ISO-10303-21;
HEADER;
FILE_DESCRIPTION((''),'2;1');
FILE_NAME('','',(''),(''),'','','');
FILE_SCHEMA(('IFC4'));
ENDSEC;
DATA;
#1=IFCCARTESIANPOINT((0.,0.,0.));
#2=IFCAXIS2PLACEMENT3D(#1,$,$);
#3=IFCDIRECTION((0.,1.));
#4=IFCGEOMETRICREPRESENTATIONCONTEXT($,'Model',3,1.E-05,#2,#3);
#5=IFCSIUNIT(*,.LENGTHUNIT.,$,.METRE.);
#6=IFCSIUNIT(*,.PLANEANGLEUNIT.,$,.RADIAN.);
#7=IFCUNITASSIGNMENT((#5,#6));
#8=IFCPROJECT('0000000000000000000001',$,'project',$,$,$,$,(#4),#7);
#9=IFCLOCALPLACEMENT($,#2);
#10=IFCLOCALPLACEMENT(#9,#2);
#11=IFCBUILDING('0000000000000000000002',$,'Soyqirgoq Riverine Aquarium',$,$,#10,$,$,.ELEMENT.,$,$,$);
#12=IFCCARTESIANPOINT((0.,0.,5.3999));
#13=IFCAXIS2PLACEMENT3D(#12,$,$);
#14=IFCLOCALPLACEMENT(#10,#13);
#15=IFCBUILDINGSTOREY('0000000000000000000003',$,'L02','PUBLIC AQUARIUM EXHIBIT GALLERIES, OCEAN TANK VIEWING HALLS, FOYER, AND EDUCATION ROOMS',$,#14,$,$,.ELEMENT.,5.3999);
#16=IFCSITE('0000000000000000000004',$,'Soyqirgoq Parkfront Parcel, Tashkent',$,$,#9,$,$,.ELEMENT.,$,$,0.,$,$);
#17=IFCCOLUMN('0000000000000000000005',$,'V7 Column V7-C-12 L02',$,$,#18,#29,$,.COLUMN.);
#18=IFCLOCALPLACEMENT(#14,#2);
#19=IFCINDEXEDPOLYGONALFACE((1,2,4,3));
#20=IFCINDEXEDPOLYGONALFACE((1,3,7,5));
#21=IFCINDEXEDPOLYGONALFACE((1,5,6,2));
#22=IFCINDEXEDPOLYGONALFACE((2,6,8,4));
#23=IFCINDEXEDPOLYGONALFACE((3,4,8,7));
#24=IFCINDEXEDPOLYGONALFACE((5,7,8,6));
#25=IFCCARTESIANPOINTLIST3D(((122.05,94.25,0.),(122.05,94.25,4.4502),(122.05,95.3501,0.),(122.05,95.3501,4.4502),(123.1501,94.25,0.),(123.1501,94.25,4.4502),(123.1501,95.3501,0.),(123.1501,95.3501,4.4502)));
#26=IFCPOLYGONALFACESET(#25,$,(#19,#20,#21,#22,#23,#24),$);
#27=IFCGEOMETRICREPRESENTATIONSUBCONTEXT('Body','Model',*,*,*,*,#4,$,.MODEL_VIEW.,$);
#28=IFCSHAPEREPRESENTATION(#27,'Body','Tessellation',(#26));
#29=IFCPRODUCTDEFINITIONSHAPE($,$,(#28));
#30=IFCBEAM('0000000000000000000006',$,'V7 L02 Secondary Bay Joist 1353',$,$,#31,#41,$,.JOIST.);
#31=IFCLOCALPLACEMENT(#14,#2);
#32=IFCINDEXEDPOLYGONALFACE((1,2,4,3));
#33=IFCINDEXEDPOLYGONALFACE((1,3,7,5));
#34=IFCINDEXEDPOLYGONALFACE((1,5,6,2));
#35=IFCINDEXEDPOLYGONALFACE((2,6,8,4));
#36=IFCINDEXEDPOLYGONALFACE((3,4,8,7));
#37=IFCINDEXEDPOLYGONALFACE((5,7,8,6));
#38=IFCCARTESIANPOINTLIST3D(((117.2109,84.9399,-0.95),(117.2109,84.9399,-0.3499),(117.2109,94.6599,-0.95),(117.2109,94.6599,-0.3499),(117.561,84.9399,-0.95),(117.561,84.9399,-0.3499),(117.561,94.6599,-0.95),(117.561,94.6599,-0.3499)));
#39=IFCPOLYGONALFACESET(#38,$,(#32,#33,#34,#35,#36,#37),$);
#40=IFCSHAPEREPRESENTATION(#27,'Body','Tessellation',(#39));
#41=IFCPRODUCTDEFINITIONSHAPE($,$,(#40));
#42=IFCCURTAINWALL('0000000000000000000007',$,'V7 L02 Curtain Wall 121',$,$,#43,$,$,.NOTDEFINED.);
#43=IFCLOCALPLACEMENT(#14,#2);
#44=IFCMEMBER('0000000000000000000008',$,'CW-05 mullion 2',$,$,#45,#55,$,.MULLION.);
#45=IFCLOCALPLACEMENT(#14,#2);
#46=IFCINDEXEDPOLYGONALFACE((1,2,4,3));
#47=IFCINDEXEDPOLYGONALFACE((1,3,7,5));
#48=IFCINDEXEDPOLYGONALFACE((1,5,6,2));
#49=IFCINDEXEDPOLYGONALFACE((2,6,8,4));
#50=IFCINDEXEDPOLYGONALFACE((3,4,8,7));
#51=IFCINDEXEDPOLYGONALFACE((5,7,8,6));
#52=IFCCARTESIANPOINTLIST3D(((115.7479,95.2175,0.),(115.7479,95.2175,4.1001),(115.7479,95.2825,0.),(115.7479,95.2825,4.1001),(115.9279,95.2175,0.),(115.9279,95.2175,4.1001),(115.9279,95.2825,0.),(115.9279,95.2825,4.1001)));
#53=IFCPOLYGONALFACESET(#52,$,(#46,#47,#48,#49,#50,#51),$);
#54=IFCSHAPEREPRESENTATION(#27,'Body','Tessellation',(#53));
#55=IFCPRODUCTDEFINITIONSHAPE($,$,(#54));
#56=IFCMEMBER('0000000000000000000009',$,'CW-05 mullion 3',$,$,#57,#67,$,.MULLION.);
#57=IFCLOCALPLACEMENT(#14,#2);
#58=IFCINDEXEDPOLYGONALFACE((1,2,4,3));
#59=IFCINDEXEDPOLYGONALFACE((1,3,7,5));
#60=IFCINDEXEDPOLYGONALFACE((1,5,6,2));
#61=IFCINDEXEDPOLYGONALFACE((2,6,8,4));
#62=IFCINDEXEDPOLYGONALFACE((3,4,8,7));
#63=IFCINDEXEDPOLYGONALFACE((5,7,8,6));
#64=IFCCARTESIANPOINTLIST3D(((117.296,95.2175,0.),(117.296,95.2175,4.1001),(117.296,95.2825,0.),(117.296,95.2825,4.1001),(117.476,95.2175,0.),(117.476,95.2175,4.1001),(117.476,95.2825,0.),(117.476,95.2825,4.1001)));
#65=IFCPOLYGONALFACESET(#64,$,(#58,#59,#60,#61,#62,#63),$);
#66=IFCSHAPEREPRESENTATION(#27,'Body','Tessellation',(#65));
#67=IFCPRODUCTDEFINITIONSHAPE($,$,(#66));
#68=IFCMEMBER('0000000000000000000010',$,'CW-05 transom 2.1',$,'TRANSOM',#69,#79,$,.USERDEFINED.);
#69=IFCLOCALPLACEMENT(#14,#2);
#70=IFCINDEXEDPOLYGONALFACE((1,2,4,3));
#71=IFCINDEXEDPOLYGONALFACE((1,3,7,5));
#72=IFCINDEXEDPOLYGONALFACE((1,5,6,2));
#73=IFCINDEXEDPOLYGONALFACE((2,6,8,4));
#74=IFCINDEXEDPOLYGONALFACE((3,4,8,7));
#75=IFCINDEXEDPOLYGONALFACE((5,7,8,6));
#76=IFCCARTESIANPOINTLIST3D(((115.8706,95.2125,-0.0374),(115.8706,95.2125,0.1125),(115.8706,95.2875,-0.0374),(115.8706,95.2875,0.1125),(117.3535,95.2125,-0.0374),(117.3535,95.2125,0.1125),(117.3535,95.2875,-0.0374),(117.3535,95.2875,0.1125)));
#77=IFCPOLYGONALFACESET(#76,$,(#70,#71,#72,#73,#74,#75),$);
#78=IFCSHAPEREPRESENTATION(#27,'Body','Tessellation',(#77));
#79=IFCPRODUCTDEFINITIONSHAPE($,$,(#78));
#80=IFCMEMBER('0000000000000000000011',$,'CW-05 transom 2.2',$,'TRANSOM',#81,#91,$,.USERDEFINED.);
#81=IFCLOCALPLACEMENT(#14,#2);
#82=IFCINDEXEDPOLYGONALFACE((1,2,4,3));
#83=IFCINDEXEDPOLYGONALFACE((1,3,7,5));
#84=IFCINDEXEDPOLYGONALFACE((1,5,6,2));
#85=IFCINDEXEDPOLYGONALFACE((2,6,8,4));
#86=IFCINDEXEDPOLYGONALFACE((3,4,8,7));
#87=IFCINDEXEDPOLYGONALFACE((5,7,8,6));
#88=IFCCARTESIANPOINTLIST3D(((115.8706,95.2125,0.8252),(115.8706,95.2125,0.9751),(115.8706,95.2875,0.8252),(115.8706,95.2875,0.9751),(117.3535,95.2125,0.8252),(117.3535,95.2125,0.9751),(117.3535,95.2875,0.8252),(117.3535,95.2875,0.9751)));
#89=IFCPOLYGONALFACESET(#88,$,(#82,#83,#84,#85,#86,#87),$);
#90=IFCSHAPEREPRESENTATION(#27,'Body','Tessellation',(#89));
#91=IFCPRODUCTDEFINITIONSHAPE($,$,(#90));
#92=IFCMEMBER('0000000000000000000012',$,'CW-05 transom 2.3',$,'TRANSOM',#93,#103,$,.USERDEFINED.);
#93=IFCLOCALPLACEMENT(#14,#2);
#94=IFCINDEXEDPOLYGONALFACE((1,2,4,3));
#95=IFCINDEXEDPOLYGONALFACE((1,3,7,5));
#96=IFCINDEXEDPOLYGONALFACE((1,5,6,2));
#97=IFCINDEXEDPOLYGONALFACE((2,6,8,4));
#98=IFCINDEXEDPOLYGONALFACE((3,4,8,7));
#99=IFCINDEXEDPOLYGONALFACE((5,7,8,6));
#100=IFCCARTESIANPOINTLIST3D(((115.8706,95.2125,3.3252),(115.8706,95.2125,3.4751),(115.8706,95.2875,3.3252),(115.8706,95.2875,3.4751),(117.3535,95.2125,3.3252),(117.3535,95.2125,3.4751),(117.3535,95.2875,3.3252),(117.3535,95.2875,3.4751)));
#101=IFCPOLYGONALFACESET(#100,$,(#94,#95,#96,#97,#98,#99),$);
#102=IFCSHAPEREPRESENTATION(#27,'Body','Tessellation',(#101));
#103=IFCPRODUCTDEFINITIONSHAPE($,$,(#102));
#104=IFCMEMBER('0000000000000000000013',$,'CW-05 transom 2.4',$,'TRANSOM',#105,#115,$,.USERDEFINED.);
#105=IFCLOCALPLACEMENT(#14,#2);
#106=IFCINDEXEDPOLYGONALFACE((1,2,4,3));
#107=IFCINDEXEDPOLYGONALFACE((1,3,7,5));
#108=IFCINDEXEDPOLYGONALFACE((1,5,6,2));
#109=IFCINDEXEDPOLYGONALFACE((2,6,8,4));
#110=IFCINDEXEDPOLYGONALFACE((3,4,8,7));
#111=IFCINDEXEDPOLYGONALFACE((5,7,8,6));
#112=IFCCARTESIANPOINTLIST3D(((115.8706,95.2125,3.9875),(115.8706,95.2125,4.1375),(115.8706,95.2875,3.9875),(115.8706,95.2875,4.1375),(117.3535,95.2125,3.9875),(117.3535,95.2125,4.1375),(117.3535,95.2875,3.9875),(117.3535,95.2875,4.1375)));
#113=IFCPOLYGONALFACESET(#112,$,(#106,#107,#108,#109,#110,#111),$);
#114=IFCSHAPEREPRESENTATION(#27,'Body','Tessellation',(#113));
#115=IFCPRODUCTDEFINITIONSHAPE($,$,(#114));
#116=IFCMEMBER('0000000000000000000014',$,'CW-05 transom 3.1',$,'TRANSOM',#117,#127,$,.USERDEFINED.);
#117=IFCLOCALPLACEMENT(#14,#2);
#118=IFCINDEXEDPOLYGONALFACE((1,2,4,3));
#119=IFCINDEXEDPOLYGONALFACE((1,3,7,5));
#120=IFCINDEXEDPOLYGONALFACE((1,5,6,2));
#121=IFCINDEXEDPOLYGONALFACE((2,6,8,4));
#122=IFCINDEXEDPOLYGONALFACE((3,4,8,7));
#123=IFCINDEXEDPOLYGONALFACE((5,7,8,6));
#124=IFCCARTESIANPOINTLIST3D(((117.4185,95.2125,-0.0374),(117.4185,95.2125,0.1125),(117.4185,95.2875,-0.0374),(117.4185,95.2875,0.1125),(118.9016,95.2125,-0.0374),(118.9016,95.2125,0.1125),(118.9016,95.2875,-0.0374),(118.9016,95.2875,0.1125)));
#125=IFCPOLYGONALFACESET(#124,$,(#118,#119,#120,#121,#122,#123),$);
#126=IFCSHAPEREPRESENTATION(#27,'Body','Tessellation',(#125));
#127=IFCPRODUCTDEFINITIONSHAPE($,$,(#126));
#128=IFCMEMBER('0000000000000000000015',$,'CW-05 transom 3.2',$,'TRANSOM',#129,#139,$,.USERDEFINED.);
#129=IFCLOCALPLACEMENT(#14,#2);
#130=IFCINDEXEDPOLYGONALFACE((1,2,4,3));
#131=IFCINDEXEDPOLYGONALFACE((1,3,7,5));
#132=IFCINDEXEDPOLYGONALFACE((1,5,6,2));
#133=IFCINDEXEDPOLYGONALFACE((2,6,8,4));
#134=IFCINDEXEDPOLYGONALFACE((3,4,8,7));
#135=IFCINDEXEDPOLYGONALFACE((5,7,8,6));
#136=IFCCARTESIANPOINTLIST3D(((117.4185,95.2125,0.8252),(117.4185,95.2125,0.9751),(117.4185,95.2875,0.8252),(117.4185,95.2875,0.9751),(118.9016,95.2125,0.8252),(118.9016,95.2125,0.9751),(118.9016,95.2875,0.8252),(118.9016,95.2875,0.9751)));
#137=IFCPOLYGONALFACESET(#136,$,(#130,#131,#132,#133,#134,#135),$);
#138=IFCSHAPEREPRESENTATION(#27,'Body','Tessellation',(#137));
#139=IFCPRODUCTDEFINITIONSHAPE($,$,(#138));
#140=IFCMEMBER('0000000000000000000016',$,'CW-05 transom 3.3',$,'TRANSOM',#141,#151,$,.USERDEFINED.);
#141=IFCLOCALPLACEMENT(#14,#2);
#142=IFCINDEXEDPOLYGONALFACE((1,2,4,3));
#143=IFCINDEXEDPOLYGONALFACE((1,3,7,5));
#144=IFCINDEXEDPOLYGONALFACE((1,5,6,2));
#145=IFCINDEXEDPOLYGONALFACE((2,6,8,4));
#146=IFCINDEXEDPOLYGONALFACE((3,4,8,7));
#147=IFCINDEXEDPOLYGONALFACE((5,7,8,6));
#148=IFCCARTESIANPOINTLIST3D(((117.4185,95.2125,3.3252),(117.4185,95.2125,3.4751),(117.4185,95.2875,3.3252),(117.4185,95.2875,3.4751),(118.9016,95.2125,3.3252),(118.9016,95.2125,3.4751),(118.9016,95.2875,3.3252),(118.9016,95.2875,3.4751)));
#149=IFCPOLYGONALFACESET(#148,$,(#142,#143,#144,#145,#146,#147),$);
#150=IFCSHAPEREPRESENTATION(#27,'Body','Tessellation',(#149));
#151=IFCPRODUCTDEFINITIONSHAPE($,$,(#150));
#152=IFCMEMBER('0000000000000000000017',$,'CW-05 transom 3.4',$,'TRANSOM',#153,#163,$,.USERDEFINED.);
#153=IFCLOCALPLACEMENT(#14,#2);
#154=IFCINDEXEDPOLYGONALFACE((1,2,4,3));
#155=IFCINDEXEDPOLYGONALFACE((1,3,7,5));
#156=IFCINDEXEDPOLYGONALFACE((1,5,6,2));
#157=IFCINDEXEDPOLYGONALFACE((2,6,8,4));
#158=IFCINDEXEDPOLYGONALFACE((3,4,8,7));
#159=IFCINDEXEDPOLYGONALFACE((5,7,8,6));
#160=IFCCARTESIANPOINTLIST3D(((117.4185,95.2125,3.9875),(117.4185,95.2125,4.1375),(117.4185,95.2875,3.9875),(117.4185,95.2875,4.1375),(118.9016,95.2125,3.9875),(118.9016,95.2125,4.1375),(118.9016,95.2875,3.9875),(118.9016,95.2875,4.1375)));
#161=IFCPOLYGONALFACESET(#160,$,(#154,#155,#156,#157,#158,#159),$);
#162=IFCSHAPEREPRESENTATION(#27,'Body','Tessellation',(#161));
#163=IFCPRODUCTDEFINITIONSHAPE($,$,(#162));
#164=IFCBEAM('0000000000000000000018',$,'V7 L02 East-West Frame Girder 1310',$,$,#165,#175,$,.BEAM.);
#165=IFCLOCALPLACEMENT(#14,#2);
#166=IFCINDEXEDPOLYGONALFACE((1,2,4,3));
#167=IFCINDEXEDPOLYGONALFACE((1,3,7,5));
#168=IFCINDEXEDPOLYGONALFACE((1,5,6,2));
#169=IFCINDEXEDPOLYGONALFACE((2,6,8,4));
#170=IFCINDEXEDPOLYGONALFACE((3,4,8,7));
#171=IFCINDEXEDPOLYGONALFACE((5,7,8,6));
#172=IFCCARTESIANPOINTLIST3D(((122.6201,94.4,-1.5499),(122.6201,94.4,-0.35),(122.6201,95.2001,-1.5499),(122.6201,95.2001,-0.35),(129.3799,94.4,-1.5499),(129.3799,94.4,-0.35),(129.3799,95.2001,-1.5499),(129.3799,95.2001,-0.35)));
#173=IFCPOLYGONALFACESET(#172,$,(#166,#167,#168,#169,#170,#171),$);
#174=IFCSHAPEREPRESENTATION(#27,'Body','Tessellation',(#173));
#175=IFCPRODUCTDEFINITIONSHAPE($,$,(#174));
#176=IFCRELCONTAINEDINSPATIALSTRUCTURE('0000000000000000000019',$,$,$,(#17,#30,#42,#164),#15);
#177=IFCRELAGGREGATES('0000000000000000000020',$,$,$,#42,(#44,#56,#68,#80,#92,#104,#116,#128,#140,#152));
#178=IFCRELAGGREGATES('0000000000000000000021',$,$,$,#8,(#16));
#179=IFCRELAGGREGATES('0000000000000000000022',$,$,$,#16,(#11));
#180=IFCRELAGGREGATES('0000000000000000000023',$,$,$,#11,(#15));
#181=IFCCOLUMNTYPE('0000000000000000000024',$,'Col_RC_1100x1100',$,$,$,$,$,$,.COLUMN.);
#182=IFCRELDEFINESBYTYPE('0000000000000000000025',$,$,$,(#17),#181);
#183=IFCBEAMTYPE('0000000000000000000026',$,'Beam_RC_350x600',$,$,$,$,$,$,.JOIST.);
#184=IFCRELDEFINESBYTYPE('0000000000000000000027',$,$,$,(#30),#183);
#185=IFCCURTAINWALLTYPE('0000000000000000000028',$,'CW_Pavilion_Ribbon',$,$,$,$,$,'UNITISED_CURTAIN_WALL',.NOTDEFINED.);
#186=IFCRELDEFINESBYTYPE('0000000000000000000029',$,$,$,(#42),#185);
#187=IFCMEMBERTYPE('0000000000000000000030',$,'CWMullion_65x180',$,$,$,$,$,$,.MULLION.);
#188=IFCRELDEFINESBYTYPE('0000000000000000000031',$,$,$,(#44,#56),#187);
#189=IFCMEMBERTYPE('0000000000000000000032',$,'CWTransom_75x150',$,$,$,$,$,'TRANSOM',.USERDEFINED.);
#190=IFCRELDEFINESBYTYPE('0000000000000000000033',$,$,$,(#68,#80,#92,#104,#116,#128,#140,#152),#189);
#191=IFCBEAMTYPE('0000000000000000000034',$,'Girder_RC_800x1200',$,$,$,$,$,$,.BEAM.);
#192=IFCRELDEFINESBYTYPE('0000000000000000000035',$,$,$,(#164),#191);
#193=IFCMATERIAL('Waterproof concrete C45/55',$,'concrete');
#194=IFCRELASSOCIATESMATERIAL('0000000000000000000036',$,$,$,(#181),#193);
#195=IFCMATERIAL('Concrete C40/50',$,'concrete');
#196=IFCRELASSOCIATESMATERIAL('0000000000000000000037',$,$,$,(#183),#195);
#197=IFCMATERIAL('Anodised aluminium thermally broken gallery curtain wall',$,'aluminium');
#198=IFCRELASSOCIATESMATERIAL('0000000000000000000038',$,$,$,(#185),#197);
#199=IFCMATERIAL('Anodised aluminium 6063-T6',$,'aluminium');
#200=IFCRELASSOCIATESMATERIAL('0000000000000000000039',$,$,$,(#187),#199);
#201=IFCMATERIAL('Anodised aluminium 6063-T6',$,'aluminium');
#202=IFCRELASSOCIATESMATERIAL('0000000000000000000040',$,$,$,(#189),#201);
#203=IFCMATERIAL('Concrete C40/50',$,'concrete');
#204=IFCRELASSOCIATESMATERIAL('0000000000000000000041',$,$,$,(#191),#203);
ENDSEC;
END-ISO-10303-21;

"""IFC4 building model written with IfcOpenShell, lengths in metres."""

from ifc_helpers import new_model, si_unit, direction, frame, origin, origin_2d, place, context, subcontext, project, spatial, rectangle, extrude, material, material_profile, profile_set, type_object, element, aggregate, save


model = new_model("IFC4")

# Units and contexts
model_context = context("Model", 3, precision=1e-05, world=origin(), true_north=direction((0.0, 1.0)))
body_context = subcontext(model_context, "Body", "Model", "MODEL_VIEW")
ifc_project = project(units=[si_unit("LENGTHUNIT", "METRE"), si_unit("PLANEANGLEUNIT", "RADIAN")], contexts=[model_context])

# Site, building, storey
site_placement = place(None, origin())
site = spatial("IfcSite", under=ifc_project, at=site_placement, Name="Soyqirgoq Parkfront Parcel, Tashkent", CompositionType="ELEMENT", RefElevation=0.0)
building_placement = place(site_placement, origin())
building = spatial("IfcBuilding", under=site, at=building_placement, Name="Soyqirgoq Riverine Aquarium", CompositionType="ELEMENT")
storey_placement = place(building_placement, frame((0.0, 0.0, 5.3999)))
storey = spatial("IfcBuildingStorey", under=building, at=storey_placement, Name="L02", Description="PUBLIC AQUARIUM EXHIBIT GALLERIES, OCEAN TANK VIEWING HALLS, FOYER, AND EDUCATION ROOMS", CompositionType="ELEMENT", Elevation=5.3999)

# Column
ifc_material_1 = material(Name="Waterproof concrete C45/55", Category="concrete")
ifc_material_profile_1 = material_profile(ifc_material_1, rectangle(XDim=1.1001, YDim=1.1001, at=origin_2d()), Name="RC 1100x1100")
ifc_profile_set_1 = profile_set([ifc_material_profile_1], Name="Waterproof concrete C45/55")
column_type = type_object("IfcColumnType", Name="Col_RC_1100x1100", PredefinedType="COLUMN", material=ifc_profile_set_1)
column_placement = place(storey_placement, frame((122.6001, 94.8, 0.0), z_axis=(0.0, 0.0, 1.0), x_axis=(1.0, 0.0, 0.0)))
element("IfcColumn", 1, at=column_placement, inside=storey, type_object=column_type, Name="V7 Column V7-C-12 L02", PredefinedType="COLUMN", context=body_context, shape_type="SweptSolid", body=[
    extrude(rectangle(XDim=1.1001, YDim=1.1001, at=origin_2d()), origin(), (0.0, 0.0, 1.0), 4.4502),
])

# Beam
ifc_material_2 = material(Name="Concrete C40/50", Category="concrete")
ifc_material_profile_2 = material_profile(ifc_material_2, rectangle(XDim=0.3501, YDim=0.6001, at=origin_2d()), Name="RC 350x600")
ifc_profile_set_2 = profile_set([ifc_material_profile_2], Name="Concrete C40/50")
beam_type_1 = type_object("IfcBeamType", Name="Beam_RC_350x600", PredefinedType="JOIST", material=ifc_profile_set_2)
beam_1_placement = place(storey_placement, frame((117.386, 84.9399, -0.6499), z_axis=(0.0, 1.0, 0.0), x_axis=(-1.0, 0.0, 0.0)))
element("IfcBeam", 2, at=beam_1_placement, inside=storey, type_object=beam_type_1, Name="V7 L02 Secondary Bay Joist 1353", PredefinedType="JOIST", context=body_context, shape_type="SweptSolid", body=[
    extrude(rectangle(XDim=0.3501, YDim=0.6001, at=origin_2d()), origin(), (0.0, 0.0, 1.0), 9.72),
])

# Curtain wall, members
ifc_material_3 = material(Name="Anodised aluminium thermally broken gallery curtain wall", Category="aluminium")
curtain_wall_type = type_object("IfcCurtainWallType", Name="CW_Pavilion_Ribbon", ElementType="UNITISED_CURTAIN_WALL", PredefinedType="NOTDEFINED", material=ifc_material_3)
curtain_wall_placement = place(storey_placement, origin())
curtain_wall = element("IfcCurtainWall", 3, at=curtain_wall_placement, inside=storey, type_object=curtain_wall_type, Name="V7 L02 Curtain Wall 121", PredefinedType="NOTDEFINED")
ifc_material_4 = material(Name="Anodised aluminium 6063-T6", Category="aluminium")
ifc_material_profile_3 = material_profile(ifc_material_4, rectangle(XDim=0.0649, YDim=0.1799, at=origin_2d()), Name="ALU-M 65x180")
ifc_profile_set_3 = profile_set([ifc_material_profile_3], Name="Anodised aluminium 6063-T6")
member_type_1 = type_object("IfcMemberType", Name="CWMullion_65x180", PredefinedType="MULLION", material=ifc_profile_set_3)
member_1_placement = place(storey_placement, frame((115.8379, 95.25, 0.0), z_axis=(0.0, 0.0, 1.0), x_axis=(0.0, 1.0, 0.0)))
member_1 = element("IfcMember", 4, at=member_1_placement, type_object=member_type_1, Name="CW-05 mullion 2", PredefinedType="MULLION", context=body_context, shape_type="SweptSolid", body=[
    extrude(rectangle(XDim=0.0649, YDim=0.1799, at=origin_2d()), origin(), (0.0, 0.0, 1.0), 4.1001),
])
member_2_placement = place(storey_placement, frame((117.386, 95.25, 0.0), z_axis=(0.0, 0.0, 1.0), x_axis=(0.0, 1.0, 0.0)))
member_2 = element("IfcMember", 5, at=member_2_placement, type_object=member_type_1, Name="CW-05 mullion 3", PredefinedType="MULLION", context=body_context, shape_type="SweptSolid", body=[
    extrude(rectangle(XDim=0.0649, YDim=0.1799, at=origin_2d()), origin(), (0.0, 0.0, 1.0), 4.1001),
])
ifc_material_5 = material(Name="Anodised aluminium 6063-T6", Category="aluminium")
ifc_material_profile_4 = material_profile(ifc_material_5, rectangle(XDim=0.075, YDim=0.1499, at=origin_2d()), Name="ALU-T 75x150")
ifc_profile_set_4 = profile_set([ifc_material_profile_4], Name="Anodised aluminium 6063-T6")
member_type_2 = type_object("IfcMemberType", Name="CWTransom_75x150", ElementType="TRANSOM", PredefinedType="USERDEFINED", material=ifc_profile_set_4)
member_3_placement = place(storey_placement, frame((115.8706, 95.25, 0.0376), z_axis=(1.0, 0.0, 0.0), x_axis=(0.0, 1.0, 0.0)))
member_3 = element("IfcMember", 6, at=member_3_placement, type_object=member_type_2, Name="CW-05 transom 2.1", ObjectType="TRANSOM", PredefinedType="USERDEFINED", context=body_context, shape_type="SweptSolid", body=[
    extrude(rectangle(XDim=0.075, YDim=0.1499, at=origin_2d()), origin(), (0.0, 0.0, 1.0), 1.4829),
])
member_4_placement = place(storey_placement, frame((115.8706, 95.25, 0.9001), z_axis=(1.0, 0.0, 0.0), x_axis=(0.0, 1.0, 0.0)))
member_4 = element("IfcMember", 7, at=member_4_placement, type_object=member_type_2, Name="CW-05 transom 2.2", ObjectType="TRANSOM", PredefinedType="USERDEFINED", context=body_context, shape_type="SweptSolid", body=[
    extrude(rectangle(XDim=0.075, YDim=0.1499, at=origin_2d()), origin(), (0.0, 0.0, 1.0), 1.4829),
])
member_5_placement = place(storey_placement, frame((115.8706, 95.25, 3.4001), z_axis=(1.0, 0.0, 0.0), x_axis=(0.0, 1.0, 0.0)))
member_5 = element("IfcMember", 8, at=member_5_placement, type_object=member_type_2, Name="CW-05 transom 2.3", ObjectType="TRANSOM", PredefinedType="USERDEFINED", context=body_context, shape_type="SweptSolid", body=[
    extrude(rectangle(XDim=0.075, YDim=0.1499, at=origin_2d()), origin(), (0.0, 0.0, 1.0), 1.4829),
])
member_6_placement = place(storey_placement, frame((115.8706, 95.25, 4.0625), z_axis=(1.0, 0.0, 0.0), x_axis=(0.0, 1.0, 0.0)))
member_6 = element("IfcMember", 9, at=member_6_placement, type_object=member_type_2, Name="CW-05 transom 2.4", ObjectType="TRANSOM", PredefinedType="USERDEFINED", context=body_context, shape_type="SweptSolid", body=[
    extrude(rectangle(XDim=0.075, YDim=0.1499, at=origin_2d()), origin(), (0.0, 0.0, 1.0), 1.4829),
])
member_7_placement = place(storey_placement, frame((117.4185, 95.25, 0.0376), z_axis=(1.0, 0.0, 0.0), x_axis=(0.0, 1.0, 0.0)))
member_7 = element("IfcMember", 10, at=member_7_placement, type_object=member_type_2, Name="CW-05 transom 3.1", ObjectType="TRANSOM", PredefinedType="USERDEFINED", context=body_context, shape_type="SweptSolid", body=[
    extrude(rectangle(XDim=0.075, YDim=0.1499, at=origin_2d()), origin(), (0.0, 0.0, 1.0), 1.4832),
])
member_8_placement = place(storey_placement, frame((117.4185, 95.25, 0.9001), z_axis=(1.0, 0.0, 0.0), x_axis=(0.0, 1.0, 0.0)))
member_8 = element("IfcMember", 11, at=member_8_placement, type_object=member_type_2, Name="CW-05 transom 3.2", ObjectType="TRANSOM", PredefinedType="USERDEFINED", context=body_context, shape_type="SweptSolid", body=[
    extrude(rectangle(XDim=0.075, YDim=0.1499, at=origin_2d()), origin(), (0.0, 0.0, 1.0), 1.4832),
])
member_9_placement = place(storey_placement, frame((117.4185, 95.25, 3.4001), z_axis=(1.0, 0.0, 0.0), x_axis=(0.0, 1.0, 0.0)))
member_9 = element("IfcMember", 12, at=member_9_placement, type_object=member_type_2, Name="CW-05 transom 3.3", ObjectType="TRANSOM", PredefinedType="USERDEFINED", context=body_context, shape_type="SweptSolid", body=[
    extrude(rectangle(XDim=0.075, YDim=0.1499, at=origin_2d()), origin(), (0.0, 0.0, 1.0), 1.4832),
])
member_10_placement = place(storey_placement, frame((117.4185, 95.25, 4.0625), z_axis=(1.0, 0.0, 0.0), x_axis=(0.0, 1.0, 0.0)))
member_10 = element("IfcMember", 13, at=member_10_placement, type_object=member_type_2, Name="CW-05 transom 3.4", ObjectType="TRANSOM", PredefinedType="USERDEFINED", context=body_context, shape_type="SweptSolid", body=[
    extrude(rectangle(XDim=0.075, YDim=0.1499, at=origin_2d()), origin(), (0.0, 0.0, 1.0), 1.4832),
])

# Beam
ifc_material_6 = material(Name="Concrete C40/50", Category="concrete")
ifc_material_profile_5 = material_profile(ifc_material_6, rectangle(XDim=0.8, YDim=1.2, at=origin_2d()), Name="RC 800x1200")
ifc_profile_set_5 = profile_set([ifc_material_profile_5], Name="Concrete C40/50")
beam_type_2 = type_object("IfcBeamType", Name="Girder_RC_800x1200", PredefinedType="BEAM", material=ifc_profile_set_5)
beam_2_placement = place(storey_placement, frame((122.6201, 94.8, -0.95), z_axis=(1.0, 0.0, 0.0), x_axis=(0.0, 1.0, 0.0)))
element("IfcBeam", 14, at=beam_2_placement, inside=storey, type_object=beam_type_2, Name="V7 L02 East-West Frame Girder 1310", PredefinedType="BEAM", context=body_context, shape_type="SweptSolid", body=[
    extrude(rectangle(XDim=0.8, YDim=1.2, at=origin_2d()), origin(), (0.0, 0.0, 1.0), 6.7598),
])

aggregate(curtain_wall, [member_1, member_2, member_3, member_4, member_5, member_6, member_7, member_8, member_9, member_10])

save(model, "model.ifc")
